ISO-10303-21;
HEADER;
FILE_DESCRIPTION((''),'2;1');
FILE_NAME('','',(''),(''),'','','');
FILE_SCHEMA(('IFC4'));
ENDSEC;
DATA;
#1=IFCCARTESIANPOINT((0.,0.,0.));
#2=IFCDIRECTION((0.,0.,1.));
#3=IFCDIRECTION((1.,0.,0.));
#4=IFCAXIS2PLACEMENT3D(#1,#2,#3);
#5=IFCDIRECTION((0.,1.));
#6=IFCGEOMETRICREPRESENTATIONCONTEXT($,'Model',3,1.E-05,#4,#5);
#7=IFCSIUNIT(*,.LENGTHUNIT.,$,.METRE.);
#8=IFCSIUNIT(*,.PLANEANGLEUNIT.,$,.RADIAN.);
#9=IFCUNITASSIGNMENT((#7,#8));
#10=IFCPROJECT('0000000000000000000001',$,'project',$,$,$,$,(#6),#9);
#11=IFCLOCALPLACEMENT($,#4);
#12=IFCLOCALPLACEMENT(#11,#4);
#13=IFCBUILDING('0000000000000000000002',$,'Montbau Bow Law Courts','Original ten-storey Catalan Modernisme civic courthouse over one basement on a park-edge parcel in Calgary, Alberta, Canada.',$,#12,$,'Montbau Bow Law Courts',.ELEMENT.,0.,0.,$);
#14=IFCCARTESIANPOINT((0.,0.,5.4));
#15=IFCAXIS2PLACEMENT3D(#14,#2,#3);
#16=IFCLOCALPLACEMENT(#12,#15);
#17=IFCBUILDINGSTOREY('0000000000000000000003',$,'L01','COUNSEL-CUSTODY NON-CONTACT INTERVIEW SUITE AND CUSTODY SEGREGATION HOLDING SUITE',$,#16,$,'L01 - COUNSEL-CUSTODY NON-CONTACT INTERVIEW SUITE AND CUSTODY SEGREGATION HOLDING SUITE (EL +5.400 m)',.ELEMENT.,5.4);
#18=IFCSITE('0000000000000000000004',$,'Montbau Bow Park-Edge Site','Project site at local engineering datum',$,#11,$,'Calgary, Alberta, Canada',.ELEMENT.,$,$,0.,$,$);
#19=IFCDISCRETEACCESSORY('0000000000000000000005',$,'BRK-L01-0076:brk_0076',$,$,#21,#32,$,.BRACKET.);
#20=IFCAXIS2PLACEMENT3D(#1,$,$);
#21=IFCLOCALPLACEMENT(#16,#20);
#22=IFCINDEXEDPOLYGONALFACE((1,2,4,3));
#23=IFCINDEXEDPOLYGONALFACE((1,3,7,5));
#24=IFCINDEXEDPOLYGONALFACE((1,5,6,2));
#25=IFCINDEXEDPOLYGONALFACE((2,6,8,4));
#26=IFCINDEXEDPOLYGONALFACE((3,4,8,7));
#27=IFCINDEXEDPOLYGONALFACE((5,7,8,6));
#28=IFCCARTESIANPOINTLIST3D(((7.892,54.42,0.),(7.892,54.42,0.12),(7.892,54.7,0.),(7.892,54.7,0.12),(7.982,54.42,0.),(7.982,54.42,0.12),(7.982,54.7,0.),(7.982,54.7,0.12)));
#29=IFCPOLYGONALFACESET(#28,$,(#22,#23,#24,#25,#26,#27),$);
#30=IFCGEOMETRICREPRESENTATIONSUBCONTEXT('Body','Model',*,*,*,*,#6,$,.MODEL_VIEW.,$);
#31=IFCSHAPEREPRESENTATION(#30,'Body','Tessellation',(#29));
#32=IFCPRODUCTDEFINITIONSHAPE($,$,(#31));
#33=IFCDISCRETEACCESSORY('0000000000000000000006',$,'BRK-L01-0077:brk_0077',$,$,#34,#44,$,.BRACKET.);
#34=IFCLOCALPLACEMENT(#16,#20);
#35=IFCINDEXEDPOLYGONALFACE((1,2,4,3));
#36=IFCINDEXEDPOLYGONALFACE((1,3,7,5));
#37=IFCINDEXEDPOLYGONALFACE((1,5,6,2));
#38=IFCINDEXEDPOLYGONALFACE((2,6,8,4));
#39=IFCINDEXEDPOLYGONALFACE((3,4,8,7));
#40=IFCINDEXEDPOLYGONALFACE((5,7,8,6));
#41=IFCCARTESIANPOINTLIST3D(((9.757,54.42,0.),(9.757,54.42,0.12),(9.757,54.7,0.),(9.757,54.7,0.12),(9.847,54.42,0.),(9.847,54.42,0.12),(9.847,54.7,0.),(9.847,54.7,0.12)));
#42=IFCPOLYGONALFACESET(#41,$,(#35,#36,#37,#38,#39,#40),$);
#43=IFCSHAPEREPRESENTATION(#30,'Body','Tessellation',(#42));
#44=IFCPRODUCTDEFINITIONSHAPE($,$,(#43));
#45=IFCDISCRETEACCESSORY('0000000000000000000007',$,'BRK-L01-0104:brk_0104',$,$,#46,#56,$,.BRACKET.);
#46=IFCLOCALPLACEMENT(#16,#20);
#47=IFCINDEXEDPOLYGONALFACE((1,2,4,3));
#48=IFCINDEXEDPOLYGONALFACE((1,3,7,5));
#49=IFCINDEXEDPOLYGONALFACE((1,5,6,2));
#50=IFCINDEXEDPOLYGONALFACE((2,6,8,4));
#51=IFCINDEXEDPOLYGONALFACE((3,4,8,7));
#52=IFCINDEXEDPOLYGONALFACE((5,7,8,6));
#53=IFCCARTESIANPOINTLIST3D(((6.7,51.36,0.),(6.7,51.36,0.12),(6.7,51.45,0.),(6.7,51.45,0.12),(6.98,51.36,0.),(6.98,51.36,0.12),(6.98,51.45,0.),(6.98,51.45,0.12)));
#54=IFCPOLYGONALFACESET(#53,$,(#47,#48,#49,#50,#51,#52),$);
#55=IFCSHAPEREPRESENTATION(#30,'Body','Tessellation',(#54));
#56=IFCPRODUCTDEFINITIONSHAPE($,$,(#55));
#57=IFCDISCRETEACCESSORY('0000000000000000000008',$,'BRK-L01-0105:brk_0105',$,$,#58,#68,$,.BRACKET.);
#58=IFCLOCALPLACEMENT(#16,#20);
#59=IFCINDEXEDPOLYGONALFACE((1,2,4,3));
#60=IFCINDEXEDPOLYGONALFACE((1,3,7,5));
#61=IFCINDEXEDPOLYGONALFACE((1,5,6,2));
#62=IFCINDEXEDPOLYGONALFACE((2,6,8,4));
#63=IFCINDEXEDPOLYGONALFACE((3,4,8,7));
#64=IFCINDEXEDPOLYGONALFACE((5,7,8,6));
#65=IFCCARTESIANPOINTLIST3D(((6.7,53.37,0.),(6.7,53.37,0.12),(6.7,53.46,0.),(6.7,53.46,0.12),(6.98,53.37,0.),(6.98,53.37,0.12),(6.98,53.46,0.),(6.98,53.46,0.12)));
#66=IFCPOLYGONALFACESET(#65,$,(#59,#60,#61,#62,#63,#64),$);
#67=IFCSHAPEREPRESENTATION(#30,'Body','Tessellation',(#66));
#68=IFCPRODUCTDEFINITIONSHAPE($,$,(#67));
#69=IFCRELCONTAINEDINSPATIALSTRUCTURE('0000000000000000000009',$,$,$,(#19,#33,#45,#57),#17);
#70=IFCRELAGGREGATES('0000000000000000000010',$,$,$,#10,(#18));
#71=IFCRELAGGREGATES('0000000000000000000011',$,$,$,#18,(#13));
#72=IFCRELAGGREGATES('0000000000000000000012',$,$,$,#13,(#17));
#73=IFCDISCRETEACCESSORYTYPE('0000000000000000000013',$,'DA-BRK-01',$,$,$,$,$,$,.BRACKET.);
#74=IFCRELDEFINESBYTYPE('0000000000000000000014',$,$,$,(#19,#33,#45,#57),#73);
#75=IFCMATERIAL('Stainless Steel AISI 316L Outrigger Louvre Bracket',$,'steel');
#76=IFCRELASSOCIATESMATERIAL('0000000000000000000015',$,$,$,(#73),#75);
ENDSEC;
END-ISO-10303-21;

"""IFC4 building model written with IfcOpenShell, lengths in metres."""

from ifc_helpers import new_model, si_unit, direction, frame, origin_with_axes, origin_2d_with_axis, place, context, subcontext, project, spatial, rectangle, extrude, material, type_object, element, save


model = new_model("IFC4")

# Units and contexts
model_context = context("Model", 3, precision=1e-05, world=origin_with_axes(), true_north=direction((0.0, 1.0)))
body_context = subcontext(model_context, "Body", "Model", "MODEL_VIEW")
ifc_project = project(units=[si_unit("LENGTHUNIT", "METRE"), si_unit("PLANEANGLEUNIT", "RADIAN")], contexts=[model_context])

# Site, building, storey
site_placement = place(None, origin_with_axes())
site = spatial("IfcSite", under=ifc_project, at=site_placement, Name="Montbau Bow Park-Edge Site", Description="Project site at local engineering datum", LongName="Calgary, Alberta, Canada", CompositionType="ELEMENT", RefElevation=0.0)
building_placement = place(site_placement, origin_with_axes())
building = spatial("IfcBuilding", under=site, at=building_placement, Name="Montbau Bow Law Courts", Description="Original ten-storey Catalan Modernisme civic courthouse over one basement on a park-edge parcel in Calgary, Alberta, Canada.", LongName="Montbau Bow Law Courts", CompositionType="ELEMENT", ElevationOfRefHeight=0.0, ElevationOfTerrain=0.0)
storey_placement = place(building_placement, frame((0.0, 0.0, 5.4), z_axis=(0.0, 0.0, 1.0), x_axis=(1.0, 0.0, 0.0)))
storey = spatial("IfcBuildingStorey", under=building, at=storey_placement, Name="L01", Description="COUNSEL-CUSTODY NON-CONTACT INTERVIEW SUITE AND CUSTODY SEGREGATION HOLDING SUITE", LongName="L01 - COUNSEL-CUSTODY NON-CONTACT INTERVIEW SUITE AND CUSTODY SEGREGATION HOLDING SUITE (EL +5.400 m)", CompositionType="ELEMENT", Elevation=5.4)

# Discrete accessories
ifc_material_1 = material(Name="Stainless Steel AISI 316L Outrigger Louvre Bracket", Category="steel")
discrete_accessory_type = type_object("IfcDiscreteAccessoryType", Name="DA-BRK-01", PredefinedType="BRACKET", material=ifc_material_1)
for number, where, z_axis, x_axis, name in (
    (1, (7.937, 54.56, 5.4), (0.0, 0.0, 1.0), (0.0, 1.0, 0.0), "BRK-L01-0076:brk_0076"),
    (2, (9.802, 54.56, 5.4), (0.0, 0.0, 1.0), (0.0, 1.0, 0.0), "BRK-L01-0077:brk_0077"),
    (3, (6.84, 51.405, 5.4), (0.0, 0.0, 1.0), (-1.0, 0.0, 0.0), "BRK-L01-0104:brk_0104"),
    (4, (6.84, 53.415, 5.4), (0.0, 0.0, 1.0), (-1.0, 0.0, 0.0), "BRK-L01-0105:brk_0105"),
):
    element("IfcDiscreteAccessory", number, at=place(None, frame(where, z_axis=z_axis, x_axis=x_axis)), inside=storey, type_object=discrete_accessory_type, Name=name, PredefinedType="BRACKET", context=body_context, shape_type="SweptSolid", body=[
        extrude(rectangle(XDim=0.28, YDim=0.09, at=origin_2d_with_axis()), origin_with_axes(), (0.0, 0.0, 1.0), 0.12),
    ])

save(model, "model.ifc")
